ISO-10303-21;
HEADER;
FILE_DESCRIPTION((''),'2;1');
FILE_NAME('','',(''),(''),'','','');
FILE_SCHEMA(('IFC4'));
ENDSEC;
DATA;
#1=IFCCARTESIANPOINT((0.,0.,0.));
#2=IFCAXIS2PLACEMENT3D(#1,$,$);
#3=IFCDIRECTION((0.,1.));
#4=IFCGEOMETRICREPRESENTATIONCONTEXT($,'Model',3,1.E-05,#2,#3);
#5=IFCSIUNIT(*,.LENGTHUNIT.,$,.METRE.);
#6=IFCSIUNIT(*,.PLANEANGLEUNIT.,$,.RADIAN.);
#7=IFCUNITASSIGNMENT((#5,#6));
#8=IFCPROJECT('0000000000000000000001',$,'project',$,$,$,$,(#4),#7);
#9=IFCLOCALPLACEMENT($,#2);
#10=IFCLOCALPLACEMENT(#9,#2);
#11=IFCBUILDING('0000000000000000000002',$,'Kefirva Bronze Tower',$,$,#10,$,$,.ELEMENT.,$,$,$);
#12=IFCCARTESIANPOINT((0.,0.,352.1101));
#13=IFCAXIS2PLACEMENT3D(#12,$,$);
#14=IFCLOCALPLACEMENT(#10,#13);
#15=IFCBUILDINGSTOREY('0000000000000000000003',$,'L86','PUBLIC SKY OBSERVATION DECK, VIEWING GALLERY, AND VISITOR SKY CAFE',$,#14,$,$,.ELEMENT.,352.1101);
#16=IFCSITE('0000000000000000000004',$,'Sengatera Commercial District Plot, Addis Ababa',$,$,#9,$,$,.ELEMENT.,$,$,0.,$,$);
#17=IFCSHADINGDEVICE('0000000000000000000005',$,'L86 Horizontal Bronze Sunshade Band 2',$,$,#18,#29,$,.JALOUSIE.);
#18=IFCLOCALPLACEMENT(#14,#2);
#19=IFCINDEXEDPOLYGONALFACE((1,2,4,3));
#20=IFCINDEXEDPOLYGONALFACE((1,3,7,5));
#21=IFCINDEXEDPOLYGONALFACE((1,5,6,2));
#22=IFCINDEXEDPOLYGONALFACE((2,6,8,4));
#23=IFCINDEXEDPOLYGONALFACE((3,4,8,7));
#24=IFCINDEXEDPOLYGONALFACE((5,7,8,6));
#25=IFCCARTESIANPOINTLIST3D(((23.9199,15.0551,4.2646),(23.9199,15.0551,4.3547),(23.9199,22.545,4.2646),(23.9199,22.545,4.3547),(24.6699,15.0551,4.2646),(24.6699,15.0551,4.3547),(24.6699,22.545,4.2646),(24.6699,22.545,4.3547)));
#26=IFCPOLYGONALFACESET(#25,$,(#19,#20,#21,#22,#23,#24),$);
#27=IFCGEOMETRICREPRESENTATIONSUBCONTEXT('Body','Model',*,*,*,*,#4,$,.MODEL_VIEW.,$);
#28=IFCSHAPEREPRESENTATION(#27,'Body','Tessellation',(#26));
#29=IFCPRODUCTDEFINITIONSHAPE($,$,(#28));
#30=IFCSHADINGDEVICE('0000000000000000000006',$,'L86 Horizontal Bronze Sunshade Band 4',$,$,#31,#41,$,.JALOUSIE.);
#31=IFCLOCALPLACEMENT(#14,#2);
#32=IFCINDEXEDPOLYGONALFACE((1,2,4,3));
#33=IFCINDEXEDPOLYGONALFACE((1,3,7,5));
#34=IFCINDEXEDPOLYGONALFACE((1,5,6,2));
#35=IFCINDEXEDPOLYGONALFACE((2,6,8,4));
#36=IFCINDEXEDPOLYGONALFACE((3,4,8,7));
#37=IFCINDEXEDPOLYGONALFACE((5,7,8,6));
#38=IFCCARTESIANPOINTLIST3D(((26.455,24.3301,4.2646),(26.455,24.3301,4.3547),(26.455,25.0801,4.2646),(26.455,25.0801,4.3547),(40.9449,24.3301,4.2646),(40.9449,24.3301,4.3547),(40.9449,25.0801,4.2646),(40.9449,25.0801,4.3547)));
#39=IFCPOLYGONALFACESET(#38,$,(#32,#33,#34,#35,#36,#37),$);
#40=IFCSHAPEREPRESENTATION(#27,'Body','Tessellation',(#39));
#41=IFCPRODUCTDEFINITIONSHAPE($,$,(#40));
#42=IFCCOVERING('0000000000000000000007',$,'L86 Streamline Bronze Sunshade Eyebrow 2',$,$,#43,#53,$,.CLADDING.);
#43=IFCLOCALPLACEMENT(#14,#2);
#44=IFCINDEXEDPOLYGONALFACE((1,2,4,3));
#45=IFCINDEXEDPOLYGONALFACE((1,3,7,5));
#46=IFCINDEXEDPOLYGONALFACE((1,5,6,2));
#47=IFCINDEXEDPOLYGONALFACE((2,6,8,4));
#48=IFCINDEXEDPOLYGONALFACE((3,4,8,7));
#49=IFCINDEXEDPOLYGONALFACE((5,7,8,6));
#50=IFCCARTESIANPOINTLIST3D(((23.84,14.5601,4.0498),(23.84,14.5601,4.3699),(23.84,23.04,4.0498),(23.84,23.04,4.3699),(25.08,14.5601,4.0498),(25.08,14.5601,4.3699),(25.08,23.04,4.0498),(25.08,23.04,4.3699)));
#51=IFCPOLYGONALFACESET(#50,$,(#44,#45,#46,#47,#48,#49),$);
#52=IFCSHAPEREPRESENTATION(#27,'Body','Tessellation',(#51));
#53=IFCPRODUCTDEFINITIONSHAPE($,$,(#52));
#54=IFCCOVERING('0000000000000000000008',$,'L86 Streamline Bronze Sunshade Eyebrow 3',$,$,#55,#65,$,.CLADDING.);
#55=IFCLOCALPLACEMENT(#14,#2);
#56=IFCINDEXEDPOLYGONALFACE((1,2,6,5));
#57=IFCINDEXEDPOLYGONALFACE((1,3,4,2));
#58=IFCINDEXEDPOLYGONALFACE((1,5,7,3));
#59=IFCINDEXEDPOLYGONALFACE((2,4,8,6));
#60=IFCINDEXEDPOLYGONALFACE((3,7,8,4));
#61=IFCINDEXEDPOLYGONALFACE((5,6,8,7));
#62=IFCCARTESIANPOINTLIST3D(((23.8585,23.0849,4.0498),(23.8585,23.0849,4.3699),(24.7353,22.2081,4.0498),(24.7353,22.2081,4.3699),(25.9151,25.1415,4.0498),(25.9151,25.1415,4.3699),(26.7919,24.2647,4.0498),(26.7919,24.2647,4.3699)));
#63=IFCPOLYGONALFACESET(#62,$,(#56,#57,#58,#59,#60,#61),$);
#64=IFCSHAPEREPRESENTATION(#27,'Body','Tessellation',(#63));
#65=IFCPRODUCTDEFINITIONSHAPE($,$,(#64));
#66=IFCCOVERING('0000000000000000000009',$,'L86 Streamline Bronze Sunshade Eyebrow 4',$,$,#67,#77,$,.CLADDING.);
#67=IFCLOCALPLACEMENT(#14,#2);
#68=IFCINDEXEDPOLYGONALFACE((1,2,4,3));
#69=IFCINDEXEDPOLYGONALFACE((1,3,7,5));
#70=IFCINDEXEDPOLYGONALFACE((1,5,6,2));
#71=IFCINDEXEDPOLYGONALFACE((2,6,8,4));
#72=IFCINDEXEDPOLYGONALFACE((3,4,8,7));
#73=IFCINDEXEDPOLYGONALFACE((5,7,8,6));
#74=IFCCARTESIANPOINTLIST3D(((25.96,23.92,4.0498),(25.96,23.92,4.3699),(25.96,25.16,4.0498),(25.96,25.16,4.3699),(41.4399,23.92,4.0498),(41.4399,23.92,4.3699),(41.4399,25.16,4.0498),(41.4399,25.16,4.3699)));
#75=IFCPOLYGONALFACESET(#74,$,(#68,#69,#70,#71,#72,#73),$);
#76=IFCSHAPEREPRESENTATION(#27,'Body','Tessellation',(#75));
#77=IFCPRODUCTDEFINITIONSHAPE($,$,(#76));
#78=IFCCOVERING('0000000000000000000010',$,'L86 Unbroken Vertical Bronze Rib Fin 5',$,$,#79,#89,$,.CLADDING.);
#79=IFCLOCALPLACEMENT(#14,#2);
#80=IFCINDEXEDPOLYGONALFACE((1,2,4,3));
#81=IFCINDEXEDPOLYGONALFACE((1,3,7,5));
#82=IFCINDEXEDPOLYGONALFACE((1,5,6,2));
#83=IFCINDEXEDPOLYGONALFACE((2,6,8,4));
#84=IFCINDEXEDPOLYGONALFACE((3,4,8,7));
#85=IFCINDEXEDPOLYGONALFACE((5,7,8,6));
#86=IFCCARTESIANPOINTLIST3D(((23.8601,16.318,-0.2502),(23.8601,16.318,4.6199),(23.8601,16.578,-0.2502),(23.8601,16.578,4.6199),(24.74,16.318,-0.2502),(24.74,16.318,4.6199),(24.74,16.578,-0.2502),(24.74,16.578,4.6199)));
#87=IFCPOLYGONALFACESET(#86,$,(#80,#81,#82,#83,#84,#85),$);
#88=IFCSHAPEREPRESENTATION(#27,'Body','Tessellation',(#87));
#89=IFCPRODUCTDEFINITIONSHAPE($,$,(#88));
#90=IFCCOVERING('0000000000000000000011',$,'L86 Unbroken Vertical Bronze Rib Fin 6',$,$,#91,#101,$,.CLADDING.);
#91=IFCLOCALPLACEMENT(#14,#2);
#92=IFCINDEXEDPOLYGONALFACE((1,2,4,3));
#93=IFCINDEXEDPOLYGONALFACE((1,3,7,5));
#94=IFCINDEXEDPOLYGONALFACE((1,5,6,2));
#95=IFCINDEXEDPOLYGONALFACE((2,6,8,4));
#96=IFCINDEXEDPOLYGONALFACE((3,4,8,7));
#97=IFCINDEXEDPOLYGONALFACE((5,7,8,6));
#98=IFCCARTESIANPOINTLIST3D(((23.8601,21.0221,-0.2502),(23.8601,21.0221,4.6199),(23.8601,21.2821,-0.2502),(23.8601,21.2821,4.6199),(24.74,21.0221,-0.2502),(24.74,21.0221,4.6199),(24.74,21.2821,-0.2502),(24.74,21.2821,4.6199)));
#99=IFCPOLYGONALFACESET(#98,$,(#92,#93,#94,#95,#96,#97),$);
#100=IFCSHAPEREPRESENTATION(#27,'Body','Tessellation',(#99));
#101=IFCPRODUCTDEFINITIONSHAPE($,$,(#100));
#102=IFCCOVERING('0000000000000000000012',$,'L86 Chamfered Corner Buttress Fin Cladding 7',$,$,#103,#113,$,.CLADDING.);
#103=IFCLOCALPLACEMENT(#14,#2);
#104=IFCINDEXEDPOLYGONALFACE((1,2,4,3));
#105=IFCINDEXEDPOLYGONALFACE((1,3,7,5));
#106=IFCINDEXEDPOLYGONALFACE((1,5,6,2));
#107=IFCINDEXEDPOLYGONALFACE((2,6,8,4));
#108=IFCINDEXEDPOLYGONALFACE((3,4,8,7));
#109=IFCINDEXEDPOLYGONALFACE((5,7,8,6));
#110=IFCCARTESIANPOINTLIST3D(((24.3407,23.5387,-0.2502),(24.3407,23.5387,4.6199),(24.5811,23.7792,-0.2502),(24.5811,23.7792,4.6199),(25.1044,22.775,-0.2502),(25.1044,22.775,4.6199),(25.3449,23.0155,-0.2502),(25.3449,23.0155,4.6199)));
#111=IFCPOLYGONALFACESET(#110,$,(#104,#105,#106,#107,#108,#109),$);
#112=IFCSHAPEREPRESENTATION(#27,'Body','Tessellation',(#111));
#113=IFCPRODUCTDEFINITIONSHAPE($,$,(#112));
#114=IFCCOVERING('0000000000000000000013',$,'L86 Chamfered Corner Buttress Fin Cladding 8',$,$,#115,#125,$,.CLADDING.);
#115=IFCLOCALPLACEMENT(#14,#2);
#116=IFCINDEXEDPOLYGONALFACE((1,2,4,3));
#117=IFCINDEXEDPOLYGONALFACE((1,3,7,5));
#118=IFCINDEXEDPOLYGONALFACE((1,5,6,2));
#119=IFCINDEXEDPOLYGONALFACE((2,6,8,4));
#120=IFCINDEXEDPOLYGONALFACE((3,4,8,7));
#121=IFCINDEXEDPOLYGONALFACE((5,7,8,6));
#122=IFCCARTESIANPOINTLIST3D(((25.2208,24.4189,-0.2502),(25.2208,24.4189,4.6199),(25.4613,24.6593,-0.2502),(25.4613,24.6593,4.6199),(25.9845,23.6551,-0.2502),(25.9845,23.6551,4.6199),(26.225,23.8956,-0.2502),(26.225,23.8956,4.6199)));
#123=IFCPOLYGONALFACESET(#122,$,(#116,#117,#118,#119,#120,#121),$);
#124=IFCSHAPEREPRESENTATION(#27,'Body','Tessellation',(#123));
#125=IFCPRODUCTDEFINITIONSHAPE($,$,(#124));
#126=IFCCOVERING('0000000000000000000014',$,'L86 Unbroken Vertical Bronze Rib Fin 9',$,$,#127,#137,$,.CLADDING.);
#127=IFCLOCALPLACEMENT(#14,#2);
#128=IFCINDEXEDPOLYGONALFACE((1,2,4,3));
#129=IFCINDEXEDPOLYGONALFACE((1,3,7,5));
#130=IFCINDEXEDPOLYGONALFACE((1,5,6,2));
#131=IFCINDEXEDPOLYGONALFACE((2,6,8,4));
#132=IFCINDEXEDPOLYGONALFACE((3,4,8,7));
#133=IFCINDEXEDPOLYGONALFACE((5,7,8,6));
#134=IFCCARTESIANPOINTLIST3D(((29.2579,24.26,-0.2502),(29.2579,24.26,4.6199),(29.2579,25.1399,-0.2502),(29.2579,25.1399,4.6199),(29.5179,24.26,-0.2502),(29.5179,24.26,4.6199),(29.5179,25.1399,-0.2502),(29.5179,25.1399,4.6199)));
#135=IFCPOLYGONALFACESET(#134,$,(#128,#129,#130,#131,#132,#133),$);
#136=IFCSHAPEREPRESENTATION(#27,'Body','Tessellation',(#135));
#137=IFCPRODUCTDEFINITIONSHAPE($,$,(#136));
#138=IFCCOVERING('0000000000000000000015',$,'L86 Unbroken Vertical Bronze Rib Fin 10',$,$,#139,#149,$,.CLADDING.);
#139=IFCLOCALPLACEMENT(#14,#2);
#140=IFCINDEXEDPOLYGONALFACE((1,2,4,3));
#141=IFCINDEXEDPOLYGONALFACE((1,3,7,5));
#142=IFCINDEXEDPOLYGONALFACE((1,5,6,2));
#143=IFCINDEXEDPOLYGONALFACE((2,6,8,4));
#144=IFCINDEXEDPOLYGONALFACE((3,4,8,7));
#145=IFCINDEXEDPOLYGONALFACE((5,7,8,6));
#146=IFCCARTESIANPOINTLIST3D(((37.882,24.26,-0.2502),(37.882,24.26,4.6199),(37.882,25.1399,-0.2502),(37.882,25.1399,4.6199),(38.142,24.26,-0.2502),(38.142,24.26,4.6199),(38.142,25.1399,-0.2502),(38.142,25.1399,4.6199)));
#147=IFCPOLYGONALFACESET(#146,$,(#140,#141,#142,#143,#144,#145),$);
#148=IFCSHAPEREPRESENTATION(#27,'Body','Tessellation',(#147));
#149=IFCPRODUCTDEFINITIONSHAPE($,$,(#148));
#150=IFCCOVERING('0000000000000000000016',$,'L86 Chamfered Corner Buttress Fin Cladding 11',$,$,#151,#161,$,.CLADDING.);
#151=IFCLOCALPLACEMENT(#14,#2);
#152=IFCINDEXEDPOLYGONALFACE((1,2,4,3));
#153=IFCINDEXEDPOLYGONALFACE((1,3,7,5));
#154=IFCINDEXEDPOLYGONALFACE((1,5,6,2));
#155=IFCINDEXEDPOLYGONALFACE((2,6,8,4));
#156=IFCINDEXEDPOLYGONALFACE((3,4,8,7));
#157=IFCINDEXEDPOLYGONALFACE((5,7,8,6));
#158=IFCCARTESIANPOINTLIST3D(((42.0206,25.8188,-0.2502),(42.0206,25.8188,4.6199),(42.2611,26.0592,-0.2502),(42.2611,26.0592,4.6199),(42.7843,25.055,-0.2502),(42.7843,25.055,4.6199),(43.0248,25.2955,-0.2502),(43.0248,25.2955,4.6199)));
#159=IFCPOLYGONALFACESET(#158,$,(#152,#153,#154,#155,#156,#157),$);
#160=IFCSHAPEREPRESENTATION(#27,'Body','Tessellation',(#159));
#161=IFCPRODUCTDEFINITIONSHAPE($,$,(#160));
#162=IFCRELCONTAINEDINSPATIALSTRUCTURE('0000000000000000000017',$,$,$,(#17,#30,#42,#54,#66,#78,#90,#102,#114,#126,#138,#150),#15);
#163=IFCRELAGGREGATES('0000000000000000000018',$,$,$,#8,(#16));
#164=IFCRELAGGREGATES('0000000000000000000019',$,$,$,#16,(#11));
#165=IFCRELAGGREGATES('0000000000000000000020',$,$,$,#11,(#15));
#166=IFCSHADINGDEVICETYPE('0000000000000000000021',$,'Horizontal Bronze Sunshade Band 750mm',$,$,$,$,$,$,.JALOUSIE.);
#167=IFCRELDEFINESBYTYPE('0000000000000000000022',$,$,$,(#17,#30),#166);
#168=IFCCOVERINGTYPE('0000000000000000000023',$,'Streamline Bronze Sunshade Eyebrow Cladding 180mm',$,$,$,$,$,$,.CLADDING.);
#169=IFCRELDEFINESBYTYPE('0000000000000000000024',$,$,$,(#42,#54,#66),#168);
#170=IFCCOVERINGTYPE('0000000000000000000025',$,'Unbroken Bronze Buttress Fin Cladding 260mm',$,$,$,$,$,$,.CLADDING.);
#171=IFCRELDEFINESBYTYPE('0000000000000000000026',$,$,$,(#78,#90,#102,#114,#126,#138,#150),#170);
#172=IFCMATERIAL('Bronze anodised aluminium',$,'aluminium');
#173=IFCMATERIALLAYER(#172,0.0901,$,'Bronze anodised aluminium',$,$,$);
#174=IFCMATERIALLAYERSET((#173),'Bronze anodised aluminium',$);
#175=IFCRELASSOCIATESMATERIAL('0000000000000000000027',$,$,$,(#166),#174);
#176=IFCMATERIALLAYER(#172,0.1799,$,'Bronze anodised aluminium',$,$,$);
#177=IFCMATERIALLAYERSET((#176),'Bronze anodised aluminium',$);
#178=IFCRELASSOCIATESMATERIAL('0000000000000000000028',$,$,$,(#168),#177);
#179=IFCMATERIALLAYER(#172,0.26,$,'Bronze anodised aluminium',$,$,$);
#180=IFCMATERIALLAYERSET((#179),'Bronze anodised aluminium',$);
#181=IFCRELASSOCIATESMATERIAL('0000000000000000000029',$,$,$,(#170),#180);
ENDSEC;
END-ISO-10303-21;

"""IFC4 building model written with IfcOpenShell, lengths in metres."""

from ifc_helpers import new_model, si_unit, direction, frame, origin, origin_2d, place, context, subcontext, project, spatial, rectangle, extrude, material, layer, layer_set, type_object, element, save


model = new_model("IFC4")

# Units and contexts
model_context = context("Model", 3, precision=1e-05, world=origin(), true_north=direction((0.0, 1.0)))
body_context = subcontext(model_context, "Body", "Model", "MODEL_VIEW")
ifc_project = project(units=[si_unit("LENGTHUNIT", "METRE"), si_unit("PLANEANGLEUNIT", "RADIAN")], contexts=[model_context])

# Site, building, storey
site_placement = place(None, origin())
site = spatial("IfcSite", under=ifc_project, at=site_placement, Name="Sengatera Commercial District Plot, Addis Ababa", CompositionType="ELEMENT", RefElevation=0.0)
building_placement = place(site_placement, origin())
building = spatial("IfcBuilding", under=site, at=building_placement, Name="Kefirva Bronze Tower", CompositionType="ELEMENT")
storey_placement = place(building_placement, frame((0.0, 0.0, 352.1101)))
storey = spatial("IfcBuildingStorey", under=building, at=storey_placement, Name="L86", Description="PUBLIC SKY OBSERVATION DECK, VIEWING GALLERY, AND VISITOR SKY CAFE", CompositionType="ELEMENT", Elevation=352.1101)

# Shared definitions
ifc_material_1 = material(Name="Bronze anodised aluminium", Category="aluminium")

# Shading devices
ifc_layer_1 = layer(ifc_material_1, 0.0901, Name="Bronze anodised aluminium")
ifc_layer_set_1 = layer_set([ifc_layer_1], Name="Bronze anodised aluminium")
shading_device_type = type_object("IfcShadingDeviceType", Name="Horizontal Bronze Sunshade Band 750mm", PredefinedType="JALOUSIE", material=ifc_layer_set_1)
shading_device_1_placement = place(storey_placement, frame((24.2949, 18.8, 4.2646), z_axis=(0.0, 0.0, 1.0), x_axis=(0.0, 1.0, 0.0)))
element("IfcShadingDevice", 1, at=shading_device_1_placement, inside=storey, type_object=shading_device_type, Name="L86 Horizontal Bronze Sunshade Band 2", PredefinedType="JALOUSIE", context=body_context, shape_type="SweptSolid", body=[
    extrude(rectangle(XDim=7.49, YDim=0.75, at=origin_2d()), origin(), (0.0, 0.0, 1.0), 0.0901),
])
shading_device_2_placement = place(storey_placement, frame((33.7, 24.7051, 4.2646), z_axis=(0.0, 0.0, 1.0), x_axis=(1.0, 0.0, 0.0)))
element("IfcShadingDevice", 2, at=shading_device_2_placement, inside=storey, type_object=shading_device_type, Name="L86 Horizontal Bronze Sunshade Band 4", PredefinedType="JALOUSIE", context=body_context, shape_type="SweptSolid", body=[
    extrude(rectangle(XDim=14.49, YDim=0.75, at=origin_2d()), origin(), (0.0, 0.0, 1.0), 0.0901),
])

# Coverings
ifc_layer_2 = layer(ifc_material_1, 0.1799, Name="Bronze anodised aluminium")
ifc_layer_set_2 = layer_set([ifc_layer_2], Name="Bronze anodised aluminium")
covering_type_1 = type_object("IfcCoveringType", Name="Streamline Bronze Sunshade Eyebrow Cladding 180mm", PredefinedType="CLADDING", material=ifc_layer_set_2)
covering_1_placement = place(storey_placement, frame((24.46, 18.8, 4.0498), z_axis=(0.0, 0.0, 1.0), x_axis=(0.0, 1.0, 0.0)))
element("IfcCovering", 3, at=covering_1_placement, inside=storey, type_object=covering_type_1, Name="L86 Streamline Bronze Sunshade Eyebrow 2", PredefinedType="CLADDING", context=body_context, shape_type="SweptSolid", body=[
    extrude(rectangle(XDim=8.48, YDim=1.24, at=origin_2d()), origin(), (0.0, 0.0, 1.0), 0.3201),
])
covering_2_placement = place(storey_placement, frame((25.3252, 23.6748, 4.0498), z_axis=(0.0, 0.0, 1.0), x_axis=(0.707107, 0.707107, 0.0)))
element("IfcCovering", 4, at=covering_2_placement, inside=storey, type_object=covering_type_1, Name="L86 Streamline Bronze Sunshade Eyebrow 3", PredefinedType="CLADDING", context=body_context, shape_type="SweptSolid", body=[
    extrude(rectangle(XDim=2.9084, YDim=1.24, at=origin_2d()), origin(), (0.0, 0.0, 1.0), 0.3201),
])
covering_3_placement = place(storey_placement, frame((33.7, 24.54, 4.0498), z_axis=(0.0, 0.0, 1.0), x_axis=(1.0, 0.0, 0.0)))
element("IfcCovering", 5, at=covering_3_placement, inside=storey, type_object=covering_type_1, Name="L86 Streamline Bronze Sunshade Eyebrow 4", PredefinedType="CLADDING", context=body_context, shape_type="SweptSolid", body=[
    extrude(rectangle(XDim=15.48, YDim=1.24, at=origin_2d()), origin(), (0.0, 0.0, 1.0), 0.3201),
])
ifc_layer_3 = layer(ifc_material_1, 0.26, Name="Bronze anodised aluminium")
ifc_layer_set_3 = layer_set([ifc_layer_3], Name="Bronze anodised aluminium")
covering_type_2 = type_object("IfcCoveringType", Name="Unbroken Bronze Buttress Fin Cladding 260mm", PredefinedType="CLADDING", material=ifc_layer_set_3)
for number, where, z_axis, x_axis, name in (
    (6, (24.3, 16.448, -0.2502), (0.0, 0.0, 1.0), (0.0, 1.0, 0.0), "L86 Unbroken Vertical Bronze Rib Fin 5"),
    (7, (24.3, 21.1521, -0.2502), (0.0, 0.0, 1.0), (0.0, 1.0, 0.0), "L86 Unbroken Vertical Bronze Rib Fin 6"),
):
    element("IfcCovering", number, at=place(storey_placement, frame(where, z_axis=z_axis, x_axis=x_axis)), inside=storey, type_object=covering_type_2, Name=name, PredefinedType="CLADDING", context=body_context, shape_type="SweptSolid", body=[
        extrude(rectangle(XDim=0.26, YDim=0.8799, at=origin_2d()), origin(), (0.0, 0.0, 1.0), 4.8701),
    ])
for number, where, z_axis, x_axis, name in (
    (8, (24.8428, 23.2771, -0.2502), (0.0, 0.0, 1.0), (0.707107, 0.707107, 0.0), "L86 Chamfered Corner Buttress Fin Cladding 7"),
    (9, (25.7229, 24.1572, -0.2502), (0.0, 0.0, 1.0), (0.707107, 0.707107, 0.0), "L86 Chamfered Corner Buttress Fin Cladding 8"),
):
    element("IfcCovering", number, at=place(storey_placement, frame(where, z_axis=z_axis, x_axis=x_axis)), inside=storey, type_object=covering_type_2, Name=name, PredefinedType="CLADDING", context=body_context, shape_type="SweptSolid", body=[
        extrude(rectangle(XDim=0.3401, YDim=1.0801, at=origin_2d()), origin(), (0.0, 0.0, 1.0), 4.8701),
    ])
for number, where, z_axis, x_axis, name in (
    (10, (29.3879, 24.7, -0.2502), (0.0, 0.0, 1.0), (1.0, 0.0, 0.0), "L86 Unbroken Vertical Bronze Rib Fin 9"),
    (11, (38.012, 24.7, -0.2502), (0.0, 0.0, 1.0), (1.0, 0.0, 0.0), "L86 Unbroken Vertical Bronze Rib Fin 10"),
):
    element("IfcCovering", number, at=place(storey_placement, frame(where, z_axis=z_axis, x_axis=x_axis)), inside=storey, type_object=covering_type_2, Name=name, PredefinedType="CLADDING", context=body_context, shape_type="SweptSolid", body=[
        extrude(rectangle(XDim=0.26, YDim=0.8799, at=origin_2d()), origin(), (0.0, 0.0, 1.0), 4.8701),
    ])
covering_4_placement = place(storey_placement, frame((42.5227, 25.5571, -0.2502), z_axis=(0.0, 0.0, 1.0), x_axis=(0.707107, 0.707107, 0.0)))
element("IfcCovering", 12, at=covering_4_placement, inside=storey, type_object=covering_type_2, Name="L86 Chamfered Corner Buttress Fin Cladding 11", PredefinedType="CLADDING", context=body_context, shape_type="SweptSolid", body=[
    extrude(rectangle(XDim=0.3401, YDim=1.0801, at=origin_2d()), origin(), (0.0, 0.0, 1.0), 4.8701),
])

save(model, "model.ifc")
